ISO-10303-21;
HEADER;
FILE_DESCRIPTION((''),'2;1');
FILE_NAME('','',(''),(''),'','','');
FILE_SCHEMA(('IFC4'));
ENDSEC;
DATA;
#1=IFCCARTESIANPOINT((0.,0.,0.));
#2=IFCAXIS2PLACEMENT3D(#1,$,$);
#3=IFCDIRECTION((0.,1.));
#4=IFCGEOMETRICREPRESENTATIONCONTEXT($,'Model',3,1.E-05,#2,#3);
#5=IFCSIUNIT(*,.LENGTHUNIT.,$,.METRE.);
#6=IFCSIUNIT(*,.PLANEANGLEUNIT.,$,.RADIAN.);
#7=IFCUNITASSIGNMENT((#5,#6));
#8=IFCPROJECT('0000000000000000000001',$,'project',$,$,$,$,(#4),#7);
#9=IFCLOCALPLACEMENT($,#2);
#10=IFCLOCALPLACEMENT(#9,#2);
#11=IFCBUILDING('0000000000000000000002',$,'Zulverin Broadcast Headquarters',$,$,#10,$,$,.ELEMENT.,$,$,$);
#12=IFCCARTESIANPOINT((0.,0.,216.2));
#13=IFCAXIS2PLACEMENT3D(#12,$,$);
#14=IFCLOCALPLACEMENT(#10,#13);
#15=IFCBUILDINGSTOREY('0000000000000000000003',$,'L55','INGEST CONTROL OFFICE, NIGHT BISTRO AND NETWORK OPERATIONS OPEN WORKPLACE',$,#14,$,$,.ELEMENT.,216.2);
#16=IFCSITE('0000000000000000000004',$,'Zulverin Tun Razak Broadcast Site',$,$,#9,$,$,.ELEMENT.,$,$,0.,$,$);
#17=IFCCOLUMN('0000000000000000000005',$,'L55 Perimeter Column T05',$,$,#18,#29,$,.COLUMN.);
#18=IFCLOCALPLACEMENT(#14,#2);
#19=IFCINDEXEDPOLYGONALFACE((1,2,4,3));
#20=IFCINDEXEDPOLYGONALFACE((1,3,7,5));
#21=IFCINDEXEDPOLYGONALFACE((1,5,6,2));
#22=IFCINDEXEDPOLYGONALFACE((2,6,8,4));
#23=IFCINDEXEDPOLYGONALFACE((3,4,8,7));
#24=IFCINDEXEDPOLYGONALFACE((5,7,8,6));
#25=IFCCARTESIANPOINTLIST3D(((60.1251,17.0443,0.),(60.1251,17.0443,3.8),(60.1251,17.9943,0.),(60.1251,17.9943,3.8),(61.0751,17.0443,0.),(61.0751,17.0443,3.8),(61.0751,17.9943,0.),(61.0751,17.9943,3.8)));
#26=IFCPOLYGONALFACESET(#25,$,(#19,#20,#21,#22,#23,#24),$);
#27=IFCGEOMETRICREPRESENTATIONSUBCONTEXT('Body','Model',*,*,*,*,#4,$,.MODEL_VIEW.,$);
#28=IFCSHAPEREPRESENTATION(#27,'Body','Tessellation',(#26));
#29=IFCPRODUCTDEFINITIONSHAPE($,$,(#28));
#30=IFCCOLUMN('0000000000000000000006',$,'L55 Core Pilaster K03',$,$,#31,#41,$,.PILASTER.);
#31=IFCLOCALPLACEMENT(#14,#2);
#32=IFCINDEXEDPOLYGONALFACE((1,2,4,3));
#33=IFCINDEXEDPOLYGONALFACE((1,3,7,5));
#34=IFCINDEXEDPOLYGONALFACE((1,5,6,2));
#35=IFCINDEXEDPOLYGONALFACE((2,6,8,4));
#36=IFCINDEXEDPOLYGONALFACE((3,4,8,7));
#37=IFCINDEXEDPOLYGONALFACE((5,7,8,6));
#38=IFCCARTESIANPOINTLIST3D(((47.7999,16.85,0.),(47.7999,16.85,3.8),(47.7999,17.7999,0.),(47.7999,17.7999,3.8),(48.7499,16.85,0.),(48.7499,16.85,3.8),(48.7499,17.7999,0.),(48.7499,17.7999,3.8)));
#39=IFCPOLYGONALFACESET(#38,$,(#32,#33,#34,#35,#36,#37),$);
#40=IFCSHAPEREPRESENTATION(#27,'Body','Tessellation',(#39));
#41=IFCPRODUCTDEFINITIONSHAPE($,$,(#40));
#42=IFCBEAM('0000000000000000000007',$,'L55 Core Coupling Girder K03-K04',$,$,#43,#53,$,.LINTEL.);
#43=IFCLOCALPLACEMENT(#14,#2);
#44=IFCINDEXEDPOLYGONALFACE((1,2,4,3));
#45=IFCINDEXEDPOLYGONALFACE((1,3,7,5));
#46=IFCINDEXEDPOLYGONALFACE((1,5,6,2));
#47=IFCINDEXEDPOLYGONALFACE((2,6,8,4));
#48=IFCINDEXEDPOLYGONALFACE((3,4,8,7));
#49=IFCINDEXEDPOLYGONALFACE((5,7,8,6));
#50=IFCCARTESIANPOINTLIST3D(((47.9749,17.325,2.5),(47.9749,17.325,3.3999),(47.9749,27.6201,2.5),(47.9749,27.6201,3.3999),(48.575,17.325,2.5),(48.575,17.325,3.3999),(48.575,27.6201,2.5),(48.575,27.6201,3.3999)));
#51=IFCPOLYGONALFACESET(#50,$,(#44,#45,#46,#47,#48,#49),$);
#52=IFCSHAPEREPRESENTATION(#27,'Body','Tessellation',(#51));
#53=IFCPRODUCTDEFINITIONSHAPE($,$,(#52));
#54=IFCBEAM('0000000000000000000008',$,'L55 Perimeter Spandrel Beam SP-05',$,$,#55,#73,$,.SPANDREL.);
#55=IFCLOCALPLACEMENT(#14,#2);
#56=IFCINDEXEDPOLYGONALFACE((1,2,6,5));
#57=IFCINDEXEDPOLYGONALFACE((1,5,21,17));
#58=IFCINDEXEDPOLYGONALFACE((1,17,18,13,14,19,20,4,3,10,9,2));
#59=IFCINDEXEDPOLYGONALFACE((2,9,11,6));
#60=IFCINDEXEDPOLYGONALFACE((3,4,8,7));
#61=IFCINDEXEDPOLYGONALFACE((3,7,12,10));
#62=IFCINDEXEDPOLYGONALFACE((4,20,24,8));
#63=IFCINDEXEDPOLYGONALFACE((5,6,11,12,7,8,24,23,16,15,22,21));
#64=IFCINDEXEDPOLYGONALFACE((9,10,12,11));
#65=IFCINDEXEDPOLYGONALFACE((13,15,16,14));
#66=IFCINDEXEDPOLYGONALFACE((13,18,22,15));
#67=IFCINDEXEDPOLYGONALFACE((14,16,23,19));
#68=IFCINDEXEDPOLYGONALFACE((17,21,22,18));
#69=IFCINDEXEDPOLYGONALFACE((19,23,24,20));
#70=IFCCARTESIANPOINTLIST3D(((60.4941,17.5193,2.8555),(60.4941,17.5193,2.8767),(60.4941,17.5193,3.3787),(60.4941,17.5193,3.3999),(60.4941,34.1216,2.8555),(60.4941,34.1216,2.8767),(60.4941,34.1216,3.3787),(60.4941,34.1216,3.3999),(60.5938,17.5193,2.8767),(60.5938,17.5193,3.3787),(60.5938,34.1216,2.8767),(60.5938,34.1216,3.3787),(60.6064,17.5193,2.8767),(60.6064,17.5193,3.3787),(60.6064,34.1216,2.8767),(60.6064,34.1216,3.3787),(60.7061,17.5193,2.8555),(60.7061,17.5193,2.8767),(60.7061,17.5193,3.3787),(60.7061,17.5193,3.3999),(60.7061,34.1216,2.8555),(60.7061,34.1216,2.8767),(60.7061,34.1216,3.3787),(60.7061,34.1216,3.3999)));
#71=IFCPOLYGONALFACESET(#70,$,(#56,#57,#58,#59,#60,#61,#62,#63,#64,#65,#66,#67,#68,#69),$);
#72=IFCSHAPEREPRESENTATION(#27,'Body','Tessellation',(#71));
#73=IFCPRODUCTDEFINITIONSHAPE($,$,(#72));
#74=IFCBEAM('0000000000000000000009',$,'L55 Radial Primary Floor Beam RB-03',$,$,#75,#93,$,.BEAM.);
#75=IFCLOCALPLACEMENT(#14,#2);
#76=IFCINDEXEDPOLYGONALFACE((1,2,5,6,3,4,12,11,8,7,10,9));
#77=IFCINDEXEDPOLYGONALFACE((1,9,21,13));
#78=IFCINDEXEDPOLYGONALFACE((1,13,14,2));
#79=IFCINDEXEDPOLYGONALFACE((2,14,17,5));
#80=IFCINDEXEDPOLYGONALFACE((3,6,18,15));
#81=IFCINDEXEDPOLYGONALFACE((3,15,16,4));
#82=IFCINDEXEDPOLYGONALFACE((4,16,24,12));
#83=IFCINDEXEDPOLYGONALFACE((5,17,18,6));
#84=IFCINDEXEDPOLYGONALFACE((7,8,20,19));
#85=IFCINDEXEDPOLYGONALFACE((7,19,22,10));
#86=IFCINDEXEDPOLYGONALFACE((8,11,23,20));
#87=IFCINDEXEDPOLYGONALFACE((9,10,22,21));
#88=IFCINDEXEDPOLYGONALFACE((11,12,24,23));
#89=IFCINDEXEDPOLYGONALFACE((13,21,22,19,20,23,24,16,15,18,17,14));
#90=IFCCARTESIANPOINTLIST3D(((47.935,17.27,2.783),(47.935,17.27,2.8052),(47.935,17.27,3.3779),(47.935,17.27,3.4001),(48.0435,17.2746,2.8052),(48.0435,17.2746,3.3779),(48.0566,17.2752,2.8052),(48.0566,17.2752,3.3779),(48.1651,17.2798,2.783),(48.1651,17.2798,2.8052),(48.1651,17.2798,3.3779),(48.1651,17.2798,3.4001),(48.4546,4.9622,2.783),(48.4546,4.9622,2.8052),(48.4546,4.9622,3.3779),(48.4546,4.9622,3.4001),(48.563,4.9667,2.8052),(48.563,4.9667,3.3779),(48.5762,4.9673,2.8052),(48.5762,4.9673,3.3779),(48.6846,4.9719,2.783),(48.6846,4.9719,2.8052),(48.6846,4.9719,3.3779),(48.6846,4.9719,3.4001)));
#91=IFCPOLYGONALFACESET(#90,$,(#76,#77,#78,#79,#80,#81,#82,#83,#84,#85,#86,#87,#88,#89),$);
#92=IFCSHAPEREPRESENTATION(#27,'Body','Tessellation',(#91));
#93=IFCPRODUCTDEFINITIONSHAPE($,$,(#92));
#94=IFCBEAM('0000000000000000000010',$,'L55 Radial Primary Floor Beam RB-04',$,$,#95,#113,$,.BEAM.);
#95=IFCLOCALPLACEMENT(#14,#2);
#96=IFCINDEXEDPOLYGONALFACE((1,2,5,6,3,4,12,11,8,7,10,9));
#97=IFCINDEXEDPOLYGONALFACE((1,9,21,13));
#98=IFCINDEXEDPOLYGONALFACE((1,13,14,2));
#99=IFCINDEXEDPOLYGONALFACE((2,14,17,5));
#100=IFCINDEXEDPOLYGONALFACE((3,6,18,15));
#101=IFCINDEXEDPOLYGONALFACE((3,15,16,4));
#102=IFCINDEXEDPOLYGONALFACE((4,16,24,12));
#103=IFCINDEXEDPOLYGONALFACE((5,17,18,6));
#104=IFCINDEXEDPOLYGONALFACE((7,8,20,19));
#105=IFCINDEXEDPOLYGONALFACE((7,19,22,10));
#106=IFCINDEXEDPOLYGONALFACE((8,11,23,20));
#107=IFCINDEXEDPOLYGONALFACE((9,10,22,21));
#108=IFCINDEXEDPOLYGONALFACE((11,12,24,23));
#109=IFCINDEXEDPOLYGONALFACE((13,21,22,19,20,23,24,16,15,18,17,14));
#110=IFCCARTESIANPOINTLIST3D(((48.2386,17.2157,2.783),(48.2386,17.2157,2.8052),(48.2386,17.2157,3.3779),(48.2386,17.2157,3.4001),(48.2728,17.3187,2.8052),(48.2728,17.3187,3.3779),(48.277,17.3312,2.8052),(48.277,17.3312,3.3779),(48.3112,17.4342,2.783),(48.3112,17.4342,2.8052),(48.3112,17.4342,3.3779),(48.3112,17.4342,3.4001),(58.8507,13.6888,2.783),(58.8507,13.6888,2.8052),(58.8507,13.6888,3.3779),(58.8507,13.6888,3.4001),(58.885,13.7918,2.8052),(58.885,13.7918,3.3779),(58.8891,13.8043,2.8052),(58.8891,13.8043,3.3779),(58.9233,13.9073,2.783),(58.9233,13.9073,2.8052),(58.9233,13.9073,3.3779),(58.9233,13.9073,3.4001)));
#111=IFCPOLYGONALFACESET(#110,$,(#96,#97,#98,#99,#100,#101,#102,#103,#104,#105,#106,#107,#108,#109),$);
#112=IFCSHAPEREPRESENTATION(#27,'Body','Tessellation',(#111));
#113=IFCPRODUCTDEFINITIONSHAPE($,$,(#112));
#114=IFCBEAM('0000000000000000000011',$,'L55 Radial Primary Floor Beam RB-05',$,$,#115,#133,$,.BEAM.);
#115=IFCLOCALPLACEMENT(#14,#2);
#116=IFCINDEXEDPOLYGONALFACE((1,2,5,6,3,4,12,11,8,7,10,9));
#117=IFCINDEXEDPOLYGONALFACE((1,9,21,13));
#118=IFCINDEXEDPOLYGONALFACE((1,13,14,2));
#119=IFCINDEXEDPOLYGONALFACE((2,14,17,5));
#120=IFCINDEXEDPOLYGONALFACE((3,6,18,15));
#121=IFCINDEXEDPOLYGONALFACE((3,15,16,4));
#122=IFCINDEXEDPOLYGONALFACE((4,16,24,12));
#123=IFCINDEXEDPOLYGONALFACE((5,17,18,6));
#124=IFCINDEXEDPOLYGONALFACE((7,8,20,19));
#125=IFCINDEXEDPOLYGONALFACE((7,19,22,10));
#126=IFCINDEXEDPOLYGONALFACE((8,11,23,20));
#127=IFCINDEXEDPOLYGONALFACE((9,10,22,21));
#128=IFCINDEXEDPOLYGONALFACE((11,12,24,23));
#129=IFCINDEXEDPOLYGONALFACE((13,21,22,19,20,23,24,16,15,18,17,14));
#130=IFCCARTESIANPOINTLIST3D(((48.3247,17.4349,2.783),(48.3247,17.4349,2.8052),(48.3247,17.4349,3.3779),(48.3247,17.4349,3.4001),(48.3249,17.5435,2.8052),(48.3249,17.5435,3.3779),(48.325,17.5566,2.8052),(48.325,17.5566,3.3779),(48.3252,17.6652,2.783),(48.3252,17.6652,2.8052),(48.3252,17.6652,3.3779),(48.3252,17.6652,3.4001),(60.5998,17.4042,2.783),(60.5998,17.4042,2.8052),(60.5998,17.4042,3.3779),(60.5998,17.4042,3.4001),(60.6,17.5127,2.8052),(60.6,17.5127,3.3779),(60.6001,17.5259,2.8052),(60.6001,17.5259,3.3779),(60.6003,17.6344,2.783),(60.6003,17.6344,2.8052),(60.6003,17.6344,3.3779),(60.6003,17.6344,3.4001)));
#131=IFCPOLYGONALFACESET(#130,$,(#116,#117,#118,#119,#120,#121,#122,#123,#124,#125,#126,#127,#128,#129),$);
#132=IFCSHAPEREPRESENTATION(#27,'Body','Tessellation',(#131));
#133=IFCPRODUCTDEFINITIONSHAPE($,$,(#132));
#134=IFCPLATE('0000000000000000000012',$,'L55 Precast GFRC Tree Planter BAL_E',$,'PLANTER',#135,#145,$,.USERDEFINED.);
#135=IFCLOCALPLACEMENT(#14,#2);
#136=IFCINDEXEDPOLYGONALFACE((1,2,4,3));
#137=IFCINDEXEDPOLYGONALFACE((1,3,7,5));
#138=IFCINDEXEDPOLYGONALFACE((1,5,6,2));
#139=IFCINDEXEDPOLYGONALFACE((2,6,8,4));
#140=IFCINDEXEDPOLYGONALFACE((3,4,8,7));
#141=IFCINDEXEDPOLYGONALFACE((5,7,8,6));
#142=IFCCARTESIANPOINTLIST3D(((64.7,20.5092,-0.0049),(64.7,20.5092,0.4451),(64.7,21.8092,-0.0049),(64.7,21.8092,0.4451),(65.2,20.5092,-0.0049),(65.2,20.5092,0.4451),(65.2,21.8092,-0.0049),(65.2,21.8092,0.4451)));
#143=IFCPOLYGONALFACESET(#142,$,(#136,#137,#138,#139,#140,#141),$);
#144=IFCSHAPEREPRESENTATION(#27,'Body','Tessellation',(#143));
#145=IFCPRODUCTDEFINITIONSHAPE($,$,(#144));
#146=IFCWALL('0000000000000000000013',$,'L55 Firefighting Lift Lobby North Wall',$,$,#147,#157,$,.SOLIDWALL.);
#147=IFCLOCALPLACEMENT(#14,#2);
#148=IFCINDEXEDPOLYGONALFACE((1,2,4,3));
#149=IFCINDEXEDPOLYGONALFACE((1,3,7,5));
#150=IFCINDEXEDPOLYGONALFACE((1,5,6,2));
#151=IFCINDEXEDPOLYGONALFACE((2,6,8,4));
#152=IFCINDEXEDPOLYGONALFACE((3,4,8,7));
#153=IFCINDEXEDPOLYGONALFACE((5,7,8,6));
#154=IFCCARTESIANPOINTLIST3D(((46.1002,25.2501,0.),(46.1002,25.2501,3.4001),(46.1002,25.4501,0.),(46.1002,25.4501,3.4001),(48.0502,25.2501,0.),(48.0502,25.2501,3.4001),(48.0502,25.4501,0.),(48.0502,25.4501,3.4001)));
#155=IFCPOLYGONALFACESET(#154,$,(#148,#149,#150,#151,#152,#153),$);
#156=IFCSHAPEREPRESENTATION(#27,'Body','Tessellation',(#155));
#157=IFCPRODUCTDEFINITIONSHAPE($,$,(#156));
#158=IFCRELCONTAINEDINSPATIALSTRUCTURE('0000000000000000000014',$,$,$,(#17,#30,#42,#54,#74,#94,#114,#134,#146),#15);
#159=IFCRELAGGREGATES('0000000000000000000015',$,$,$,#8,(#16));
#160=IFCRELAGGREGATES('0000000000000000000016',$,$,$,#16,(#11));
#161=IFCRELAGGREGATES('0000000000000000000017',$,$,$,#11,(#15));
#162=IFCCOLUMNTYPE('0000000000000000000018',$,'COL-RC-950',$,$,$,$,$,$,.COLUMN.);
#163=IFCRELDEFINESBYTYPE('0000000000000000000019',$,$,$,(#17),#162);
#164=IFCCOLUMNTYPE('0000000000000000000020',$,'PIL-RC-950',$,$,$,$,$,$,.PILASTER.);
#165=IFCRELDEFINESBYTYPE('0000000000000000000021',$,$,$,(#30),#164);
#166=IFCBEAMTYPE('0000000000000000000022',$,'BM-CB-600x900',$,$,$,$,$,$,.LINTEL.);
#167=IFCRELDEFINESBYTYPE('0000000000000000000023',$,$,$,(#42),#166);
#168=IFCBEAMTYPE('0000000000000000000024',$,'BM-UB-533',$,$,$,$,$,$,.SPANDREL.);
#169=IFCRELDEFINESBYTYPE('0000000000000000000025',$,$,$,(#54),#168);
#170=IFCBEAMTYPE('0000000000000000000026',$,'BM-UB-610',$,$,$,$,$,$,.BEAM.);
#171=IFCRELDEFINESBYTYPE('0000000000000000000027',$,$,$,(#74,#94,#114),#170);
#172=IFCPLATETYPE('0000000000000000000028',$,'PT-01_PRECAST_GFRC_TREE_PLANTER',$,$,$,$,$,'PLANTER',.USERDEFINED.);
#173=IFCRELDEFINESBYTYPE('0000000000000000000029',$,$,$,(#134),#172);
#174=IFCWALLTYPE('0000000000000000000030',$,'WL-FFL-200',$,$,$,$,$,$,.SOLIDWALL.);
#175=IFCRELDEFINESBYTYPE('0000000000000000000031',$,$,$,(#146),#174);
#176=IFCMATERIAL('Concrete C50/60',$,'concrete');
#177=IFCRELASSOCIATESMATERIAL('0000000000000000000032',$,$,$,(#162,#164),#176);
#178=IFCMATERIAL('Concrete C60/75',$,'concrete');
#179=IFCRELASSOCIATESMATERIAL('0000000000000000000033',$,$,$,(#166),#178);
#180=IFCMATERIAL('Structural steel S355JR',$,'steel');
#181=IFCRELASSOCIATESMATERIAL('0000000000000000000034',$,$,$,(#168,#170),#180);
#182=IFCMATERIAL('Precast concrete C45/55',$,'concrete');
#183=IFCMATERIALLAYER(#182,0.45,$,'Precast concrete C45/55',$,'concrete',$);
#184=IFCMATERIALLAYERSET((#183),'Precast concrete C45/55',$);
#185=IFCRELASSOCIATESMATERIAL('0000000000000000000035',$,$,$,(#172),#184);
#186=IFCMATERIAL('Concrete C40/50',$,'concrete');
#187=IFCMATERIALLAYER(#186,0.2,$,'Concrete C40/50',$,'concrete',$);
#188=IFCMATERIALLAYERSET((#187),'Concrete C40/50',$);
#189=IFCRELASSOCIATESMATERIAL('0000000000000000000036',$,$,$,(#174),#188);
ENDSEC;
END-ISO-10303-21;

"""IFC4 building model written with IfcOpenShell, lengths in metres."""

from ifc_helpers import new_model, si_unit, direction, frame, frame_2d, origin, origin_2d, place, context, subcontext, project, spatial, rectangle, i_section, extrude, material, layer, layer_set, material_profile, profile_set, type_object, element, save


model = new_model("IFC4")

# Units and contexts
model_context = context("Model", 3, precision=1e-05, world=origin(), true_north=direction((0.0, 1.0)))
body_context = subcontext(model_context, "Body", "Model", "MODEL_VIEW")
ifc_project = project(units=[si_unit("LENGTHUNIT", "METRE"), si_unit("PLANEANGLEUNIT", "RADIAN")], contexts=[model_context])

# Site, building, storey
site_placement = place(None, origin())
site = spatial("IfcSite", under=ifc_project, at=site_placement, Name="Zulverin Tun Razak Broadcast Site", CompositionType="ELEMENT", RefElevation=0.0)
building_placement = place(site_placement, origin())
building = spatial("IfcBuilding", under=site, at=building_placement, Name="Zulverin Broadcast Headquarters", CompositionType="ELEMENT")
storey_placement = place(building_placement, frame((0.0, 0.0, 216.2)))
storey = spatial("IfcBuildingStorey", under=building, at=storey_placement, Name="L55", Description="INGEST CONTROL OFFICE, NIGHT BISTRO AND NETWORK OPERATIONS OPEN WORKPLACE", CompositionType="ELEMENT", Elevation=216.2)

# Columns
ifc_material_1 = material(Name="Concrete C50/60", Category="concrete")
ifc_material_profile_1 = material_profile(ifc_material_1, rectangle(XDim=0.95, YDim=0.95, at=origin_2d()), Name="Concrete C50/60", Category="concrete")
ifc_profile_set_1 = profile_set([ifc_material_profile_1], Name="Concrete C50/60")
column_type_1 = type_object("IfcColumnType", Name="COL-RC-950", PredefinedType="COLUMN", material=ifc_profile_set_1)
column_1_placement = place(storey_placement, frame((60.6001, 17.5193, 0.0), z_axis=(0.0, 0.0, 1.0), x_axis=(1.0, 0.0, 0.0)))
element("IfcColumn", 1, at=column_1_placement, inside=storey, type_object=column_type_1, Name="L55 Perimeter Column T05", PredefinedType="COLUMN", context=body_context, shape_type="SweptSolid", body=[
    extrude(rectangle(XDim=0.95, YDim=0.95, at=origin_2d()), origin(), (0.0, 0.0, 1.0), 3.8),
])
ifc_material_profile_2 = material_profile(ifc_material_1, rectangle(XDim=0.95, YDim=0.95, at=origin_2d()), Name="Concrete C50/60", Category="concrete")
ifc_profile_set_2 = profile_set([ifc_material_profile_2], Name="Concrete C50/60")
column_type_2 = type_object("IfcColumnType", Name="PIL-RC-950", PredefinedType="PILASTER", material=ifc_profile_set_2)
column_2_placement = place(storey_placement, frame((48.2749, 17.325, 0.0), z_axis=(0.0, 0.0, 1.0), x_axis=(1.0, 0.0, 0.0)))
element("IfcColumn", 2, at=column_2_placement, inside=storey, type_object=column_type_2, Name="L55 Core Pilaster K03", PredefinedType="PILASTER", context=body_context, shape_type="SweptSolid", body=[
    extrude(rectangle(XDim=0.95, YDim=0.95, at=origin_2d()), origin(), (0.0, 0.0, 1.0), 3.8),
])

# Beams
ifc_material_2 = material(Name="Concrete C60/75", Category="concrete")
ifc_material_profile_3 = material_profile(ifc_material_2, rectangle(XDim=0.6001, YDim=0.8999, at=origin_2d()), Name="Concrete C60/75", Category="concrete")
ifc_profile_set_3 = profile_set([ifc_material_profile_3], Name="Concrete C60/75")
beam_type_1 = type_object("IfcBeamType", Name="BM-CB-600x900", PredefinedType="LINTEL", material=ifc_profile_set_3)
beam_1_placement = place(storey_placement, frame((48.2749, 17.325, 2.95), z_axis=(0.0, 1.0, 0.0), x_axis=(-1.0, 0.0, 0.0)))
element("IfcBeam", 3, at=beam_1_placement, inside=storey, type_object=beam_type_1, Name="L55 Core Coupling Girder K03-K04", PredefinedType="LINTEL", context=body_context, shape_type="SweptSolid", body=[
    extrude(rectangle(XDim=0.6001, YDim=0.8999, at=origin_2d()), origin(), (0.0, 0.0, 1.0), 10.2952),
])
ifc_material_3 = material(Name="Structural steel S355JR", Category="steel")
ifc_material_profile_4 = material_profile(ifc_material_3, i_section(OverallWidth=0.2119, OverallDepth=0.5444, WebThickness=0.0127, FlangeThickness=0.0212, at=origin_2d()), Name="Structural steel S355JR", Category="steel")
ifc_profile_set_4 = profile_set([ifc_material_profile_4], Name="Structural steel S355JR")
beam_type_2 = type_object("IfcBeamType", Name="BM-UB-533", PredefinedType="SPANDREL", material=ifc_profile_set_4)
beam_2_placement = place(storey_placement, frame((60.6001, 17.5193, 3.1277), z_axis=(0.0, 1.0, 0.0), x_axis=(-1.0, 0.0, 0.0)))
element("IfcBeam", 4, at=beam_2_placement, inside=storey, type_object=beam_type_2, Name="L55 Perimeter Spandrel Beam SP-05", PredefinedType="SPANDREL", context=body_context, shape_type="SweptSolid", body=[
    extrude(i_section(OverallWidth=0.2119, OverallDepth=0.5444, WebThickness=0.0127, FlangeThickness=0.0212, at=origin_2d()), origin(), (0.0, 0.0, 1.0), 16.6023),
])
ifc_material_profile_5 = material_profile(ifc_material_3, i_section(OverallWidth=0.2302, OverallDepth=0.6172, WebThickness=0.0132, FlangeThickness=0.0222, at=origin_2d()), Name="Structural steel S355JR", Category="steel")
ifc_profile_set_5 = profile_set([ifc_material_profile_5], Name="Structural steel S355JR")
beam_type_3 = type_object("IfcBeamType", Name="BM-UB-610", PredefinedType="BEAM", material=ifc_profile_set_5)
beam_3_placement = place(storey_placement, frame((48.05, 17.2749, 3.0916), z_axis=(0.042174, -0.99911, 0.0), x_axis=(0.99911, 0.042174, 0.0)))
element("IfcBeam", 5, at=beam_3_placement, inside=storey, type_object=beam_type_3, Name="L55 Radial Primary Floor Beam RB-03", PredefinedType="BEAM", context=body_context, shape_type="SweptSolid", body=[
    extrude(i_section(OverallWidth=0.2302, OverallDepth=0.6172, WebThickness=0.0132, FlangeThickness=0.0222, at=origin_2d()), origin(), (0.0, 0.0, 1.0), 12.3188),
])
beam_4_placement = place(storey_placement, frame((48.2749, 17.325, 3.0916), z_axis=(0.948965, -0.315383, 0.0), x_axis=(0.315383, 0.948965, 0.0)))
element("IfcBeam", 6, at=beam_4_placement, inside=storey, type_object=beam_type_3, Name="L55 Radial Primary Floor Beam RB-04", PredefinedType="BEAM", context=body_context, shape_type="SweptSolid", body=[
    extrude(i_section(OverallWidth=0.2302, OverallDepth=0.6172, WebThickness=0.0132, FlangeThickness=0.0222, at=origin_2d()), origin(), (0.0, 0.0, 1.0), 11.1829),
])
beam_5_placement = place(storey_placement, frame((48.325, 17.55, 3.0916), z_axis=(0.999997, -0.002506, 0.0), x_axis=(0.002506, 0.999997, 0.0)))
element("IfcBeam", 7, at=beam_5_placement, inside=storey, type_object=beam_type_3, Name="L55 Radial Primary Floor Beam RB-05", PredefinedType="BEAM", context=body_context, shape_type="SweptSolid", body=[
    extrude(i_section(OverallWidth=0.2302, OverallDepth=0.6172, WebThickness=0.0132, FlangeThickness=0.0222, at=origin_2d()), origin(), (0.0, 0.0, 1.0), 12.2751),
])

# Plate
ifc_material_4 = material(Name="Precast concrete C45/55", Category="concrete")
ifc_layer_1 = layer(ifc_material_4, 0.45, Name="Precast concrete C45/55", Category="concrete")
ifc_layer_set_1 = layer_set([ifc_layer_1], Name="Precast concrete C45/55")
plate_type = type_object("IfcPlateType", Name="PT-01_PRECAST_GFRC_TREE_PLANTER", ElementType="PLANTER", PredefinedType="USERDEFINED", material=ifc_layer_set_1)
plate_placement = place(storey_placement, frame((64.95, 21.1592, -0.0049), z_axis=(0.0, 0.0, 1.0), x_axis=(0.0, 1.0, 0.0)))
element("IfcPlate", 8, at=plate_placement, inside=storey, type_object=plate_type, Name="L55 Precast GFRC Tree Planter BAL_E", ObjectType="PLANTER", PredefinedType="USERDEFINED", context=body_context, shape_type="SweptSolid", body=[
    extrude(rectangle(XDim=1.3, YDim=0.5, at=origin_2d()), origin(), (0.0, 0.0, 1.0), 0.45),
])

# Wall
ifc_material_5 = material(Name="Concrete C40/50", Category="concrete")
ifc_layer_2 = layer(ifc_material_5, 0.2, Name="Concrete C40/50", Category="concrete")
ifc_layer_set_2 = layer_set([ifc_layer_2], Name="Concrete C40/50")
wall_type_1 = type_object("IfcWallType", Name="WL-FFL-200", PredefinedType="SOLIDWALL", material=ifc_layer_set_2)
wall_1_placement = place(storey_placement, frame((46.1001, 25.3501, 0.0), z_axis=(0.0, 0.0, 1.0), x_axis=(1.0, 0.0, 0.0)))
element("IfcWall", 9, at=wall_1_placement, inside=storey, type_object=wall_type_1, Name="L55 Firefighting Lift Lobby North Wall", PredefinedType="SOLIDWALL", context=body_context, shape_type="SweptSolid", body=[
    extrude(rectangle(XDim=1.95, YDim=0.2, at=frame_2d((0.9751, 0.0))), origin(), (0.0, 0.0, 1.0), 3.4001),
])

save(model, "model.ifc")
